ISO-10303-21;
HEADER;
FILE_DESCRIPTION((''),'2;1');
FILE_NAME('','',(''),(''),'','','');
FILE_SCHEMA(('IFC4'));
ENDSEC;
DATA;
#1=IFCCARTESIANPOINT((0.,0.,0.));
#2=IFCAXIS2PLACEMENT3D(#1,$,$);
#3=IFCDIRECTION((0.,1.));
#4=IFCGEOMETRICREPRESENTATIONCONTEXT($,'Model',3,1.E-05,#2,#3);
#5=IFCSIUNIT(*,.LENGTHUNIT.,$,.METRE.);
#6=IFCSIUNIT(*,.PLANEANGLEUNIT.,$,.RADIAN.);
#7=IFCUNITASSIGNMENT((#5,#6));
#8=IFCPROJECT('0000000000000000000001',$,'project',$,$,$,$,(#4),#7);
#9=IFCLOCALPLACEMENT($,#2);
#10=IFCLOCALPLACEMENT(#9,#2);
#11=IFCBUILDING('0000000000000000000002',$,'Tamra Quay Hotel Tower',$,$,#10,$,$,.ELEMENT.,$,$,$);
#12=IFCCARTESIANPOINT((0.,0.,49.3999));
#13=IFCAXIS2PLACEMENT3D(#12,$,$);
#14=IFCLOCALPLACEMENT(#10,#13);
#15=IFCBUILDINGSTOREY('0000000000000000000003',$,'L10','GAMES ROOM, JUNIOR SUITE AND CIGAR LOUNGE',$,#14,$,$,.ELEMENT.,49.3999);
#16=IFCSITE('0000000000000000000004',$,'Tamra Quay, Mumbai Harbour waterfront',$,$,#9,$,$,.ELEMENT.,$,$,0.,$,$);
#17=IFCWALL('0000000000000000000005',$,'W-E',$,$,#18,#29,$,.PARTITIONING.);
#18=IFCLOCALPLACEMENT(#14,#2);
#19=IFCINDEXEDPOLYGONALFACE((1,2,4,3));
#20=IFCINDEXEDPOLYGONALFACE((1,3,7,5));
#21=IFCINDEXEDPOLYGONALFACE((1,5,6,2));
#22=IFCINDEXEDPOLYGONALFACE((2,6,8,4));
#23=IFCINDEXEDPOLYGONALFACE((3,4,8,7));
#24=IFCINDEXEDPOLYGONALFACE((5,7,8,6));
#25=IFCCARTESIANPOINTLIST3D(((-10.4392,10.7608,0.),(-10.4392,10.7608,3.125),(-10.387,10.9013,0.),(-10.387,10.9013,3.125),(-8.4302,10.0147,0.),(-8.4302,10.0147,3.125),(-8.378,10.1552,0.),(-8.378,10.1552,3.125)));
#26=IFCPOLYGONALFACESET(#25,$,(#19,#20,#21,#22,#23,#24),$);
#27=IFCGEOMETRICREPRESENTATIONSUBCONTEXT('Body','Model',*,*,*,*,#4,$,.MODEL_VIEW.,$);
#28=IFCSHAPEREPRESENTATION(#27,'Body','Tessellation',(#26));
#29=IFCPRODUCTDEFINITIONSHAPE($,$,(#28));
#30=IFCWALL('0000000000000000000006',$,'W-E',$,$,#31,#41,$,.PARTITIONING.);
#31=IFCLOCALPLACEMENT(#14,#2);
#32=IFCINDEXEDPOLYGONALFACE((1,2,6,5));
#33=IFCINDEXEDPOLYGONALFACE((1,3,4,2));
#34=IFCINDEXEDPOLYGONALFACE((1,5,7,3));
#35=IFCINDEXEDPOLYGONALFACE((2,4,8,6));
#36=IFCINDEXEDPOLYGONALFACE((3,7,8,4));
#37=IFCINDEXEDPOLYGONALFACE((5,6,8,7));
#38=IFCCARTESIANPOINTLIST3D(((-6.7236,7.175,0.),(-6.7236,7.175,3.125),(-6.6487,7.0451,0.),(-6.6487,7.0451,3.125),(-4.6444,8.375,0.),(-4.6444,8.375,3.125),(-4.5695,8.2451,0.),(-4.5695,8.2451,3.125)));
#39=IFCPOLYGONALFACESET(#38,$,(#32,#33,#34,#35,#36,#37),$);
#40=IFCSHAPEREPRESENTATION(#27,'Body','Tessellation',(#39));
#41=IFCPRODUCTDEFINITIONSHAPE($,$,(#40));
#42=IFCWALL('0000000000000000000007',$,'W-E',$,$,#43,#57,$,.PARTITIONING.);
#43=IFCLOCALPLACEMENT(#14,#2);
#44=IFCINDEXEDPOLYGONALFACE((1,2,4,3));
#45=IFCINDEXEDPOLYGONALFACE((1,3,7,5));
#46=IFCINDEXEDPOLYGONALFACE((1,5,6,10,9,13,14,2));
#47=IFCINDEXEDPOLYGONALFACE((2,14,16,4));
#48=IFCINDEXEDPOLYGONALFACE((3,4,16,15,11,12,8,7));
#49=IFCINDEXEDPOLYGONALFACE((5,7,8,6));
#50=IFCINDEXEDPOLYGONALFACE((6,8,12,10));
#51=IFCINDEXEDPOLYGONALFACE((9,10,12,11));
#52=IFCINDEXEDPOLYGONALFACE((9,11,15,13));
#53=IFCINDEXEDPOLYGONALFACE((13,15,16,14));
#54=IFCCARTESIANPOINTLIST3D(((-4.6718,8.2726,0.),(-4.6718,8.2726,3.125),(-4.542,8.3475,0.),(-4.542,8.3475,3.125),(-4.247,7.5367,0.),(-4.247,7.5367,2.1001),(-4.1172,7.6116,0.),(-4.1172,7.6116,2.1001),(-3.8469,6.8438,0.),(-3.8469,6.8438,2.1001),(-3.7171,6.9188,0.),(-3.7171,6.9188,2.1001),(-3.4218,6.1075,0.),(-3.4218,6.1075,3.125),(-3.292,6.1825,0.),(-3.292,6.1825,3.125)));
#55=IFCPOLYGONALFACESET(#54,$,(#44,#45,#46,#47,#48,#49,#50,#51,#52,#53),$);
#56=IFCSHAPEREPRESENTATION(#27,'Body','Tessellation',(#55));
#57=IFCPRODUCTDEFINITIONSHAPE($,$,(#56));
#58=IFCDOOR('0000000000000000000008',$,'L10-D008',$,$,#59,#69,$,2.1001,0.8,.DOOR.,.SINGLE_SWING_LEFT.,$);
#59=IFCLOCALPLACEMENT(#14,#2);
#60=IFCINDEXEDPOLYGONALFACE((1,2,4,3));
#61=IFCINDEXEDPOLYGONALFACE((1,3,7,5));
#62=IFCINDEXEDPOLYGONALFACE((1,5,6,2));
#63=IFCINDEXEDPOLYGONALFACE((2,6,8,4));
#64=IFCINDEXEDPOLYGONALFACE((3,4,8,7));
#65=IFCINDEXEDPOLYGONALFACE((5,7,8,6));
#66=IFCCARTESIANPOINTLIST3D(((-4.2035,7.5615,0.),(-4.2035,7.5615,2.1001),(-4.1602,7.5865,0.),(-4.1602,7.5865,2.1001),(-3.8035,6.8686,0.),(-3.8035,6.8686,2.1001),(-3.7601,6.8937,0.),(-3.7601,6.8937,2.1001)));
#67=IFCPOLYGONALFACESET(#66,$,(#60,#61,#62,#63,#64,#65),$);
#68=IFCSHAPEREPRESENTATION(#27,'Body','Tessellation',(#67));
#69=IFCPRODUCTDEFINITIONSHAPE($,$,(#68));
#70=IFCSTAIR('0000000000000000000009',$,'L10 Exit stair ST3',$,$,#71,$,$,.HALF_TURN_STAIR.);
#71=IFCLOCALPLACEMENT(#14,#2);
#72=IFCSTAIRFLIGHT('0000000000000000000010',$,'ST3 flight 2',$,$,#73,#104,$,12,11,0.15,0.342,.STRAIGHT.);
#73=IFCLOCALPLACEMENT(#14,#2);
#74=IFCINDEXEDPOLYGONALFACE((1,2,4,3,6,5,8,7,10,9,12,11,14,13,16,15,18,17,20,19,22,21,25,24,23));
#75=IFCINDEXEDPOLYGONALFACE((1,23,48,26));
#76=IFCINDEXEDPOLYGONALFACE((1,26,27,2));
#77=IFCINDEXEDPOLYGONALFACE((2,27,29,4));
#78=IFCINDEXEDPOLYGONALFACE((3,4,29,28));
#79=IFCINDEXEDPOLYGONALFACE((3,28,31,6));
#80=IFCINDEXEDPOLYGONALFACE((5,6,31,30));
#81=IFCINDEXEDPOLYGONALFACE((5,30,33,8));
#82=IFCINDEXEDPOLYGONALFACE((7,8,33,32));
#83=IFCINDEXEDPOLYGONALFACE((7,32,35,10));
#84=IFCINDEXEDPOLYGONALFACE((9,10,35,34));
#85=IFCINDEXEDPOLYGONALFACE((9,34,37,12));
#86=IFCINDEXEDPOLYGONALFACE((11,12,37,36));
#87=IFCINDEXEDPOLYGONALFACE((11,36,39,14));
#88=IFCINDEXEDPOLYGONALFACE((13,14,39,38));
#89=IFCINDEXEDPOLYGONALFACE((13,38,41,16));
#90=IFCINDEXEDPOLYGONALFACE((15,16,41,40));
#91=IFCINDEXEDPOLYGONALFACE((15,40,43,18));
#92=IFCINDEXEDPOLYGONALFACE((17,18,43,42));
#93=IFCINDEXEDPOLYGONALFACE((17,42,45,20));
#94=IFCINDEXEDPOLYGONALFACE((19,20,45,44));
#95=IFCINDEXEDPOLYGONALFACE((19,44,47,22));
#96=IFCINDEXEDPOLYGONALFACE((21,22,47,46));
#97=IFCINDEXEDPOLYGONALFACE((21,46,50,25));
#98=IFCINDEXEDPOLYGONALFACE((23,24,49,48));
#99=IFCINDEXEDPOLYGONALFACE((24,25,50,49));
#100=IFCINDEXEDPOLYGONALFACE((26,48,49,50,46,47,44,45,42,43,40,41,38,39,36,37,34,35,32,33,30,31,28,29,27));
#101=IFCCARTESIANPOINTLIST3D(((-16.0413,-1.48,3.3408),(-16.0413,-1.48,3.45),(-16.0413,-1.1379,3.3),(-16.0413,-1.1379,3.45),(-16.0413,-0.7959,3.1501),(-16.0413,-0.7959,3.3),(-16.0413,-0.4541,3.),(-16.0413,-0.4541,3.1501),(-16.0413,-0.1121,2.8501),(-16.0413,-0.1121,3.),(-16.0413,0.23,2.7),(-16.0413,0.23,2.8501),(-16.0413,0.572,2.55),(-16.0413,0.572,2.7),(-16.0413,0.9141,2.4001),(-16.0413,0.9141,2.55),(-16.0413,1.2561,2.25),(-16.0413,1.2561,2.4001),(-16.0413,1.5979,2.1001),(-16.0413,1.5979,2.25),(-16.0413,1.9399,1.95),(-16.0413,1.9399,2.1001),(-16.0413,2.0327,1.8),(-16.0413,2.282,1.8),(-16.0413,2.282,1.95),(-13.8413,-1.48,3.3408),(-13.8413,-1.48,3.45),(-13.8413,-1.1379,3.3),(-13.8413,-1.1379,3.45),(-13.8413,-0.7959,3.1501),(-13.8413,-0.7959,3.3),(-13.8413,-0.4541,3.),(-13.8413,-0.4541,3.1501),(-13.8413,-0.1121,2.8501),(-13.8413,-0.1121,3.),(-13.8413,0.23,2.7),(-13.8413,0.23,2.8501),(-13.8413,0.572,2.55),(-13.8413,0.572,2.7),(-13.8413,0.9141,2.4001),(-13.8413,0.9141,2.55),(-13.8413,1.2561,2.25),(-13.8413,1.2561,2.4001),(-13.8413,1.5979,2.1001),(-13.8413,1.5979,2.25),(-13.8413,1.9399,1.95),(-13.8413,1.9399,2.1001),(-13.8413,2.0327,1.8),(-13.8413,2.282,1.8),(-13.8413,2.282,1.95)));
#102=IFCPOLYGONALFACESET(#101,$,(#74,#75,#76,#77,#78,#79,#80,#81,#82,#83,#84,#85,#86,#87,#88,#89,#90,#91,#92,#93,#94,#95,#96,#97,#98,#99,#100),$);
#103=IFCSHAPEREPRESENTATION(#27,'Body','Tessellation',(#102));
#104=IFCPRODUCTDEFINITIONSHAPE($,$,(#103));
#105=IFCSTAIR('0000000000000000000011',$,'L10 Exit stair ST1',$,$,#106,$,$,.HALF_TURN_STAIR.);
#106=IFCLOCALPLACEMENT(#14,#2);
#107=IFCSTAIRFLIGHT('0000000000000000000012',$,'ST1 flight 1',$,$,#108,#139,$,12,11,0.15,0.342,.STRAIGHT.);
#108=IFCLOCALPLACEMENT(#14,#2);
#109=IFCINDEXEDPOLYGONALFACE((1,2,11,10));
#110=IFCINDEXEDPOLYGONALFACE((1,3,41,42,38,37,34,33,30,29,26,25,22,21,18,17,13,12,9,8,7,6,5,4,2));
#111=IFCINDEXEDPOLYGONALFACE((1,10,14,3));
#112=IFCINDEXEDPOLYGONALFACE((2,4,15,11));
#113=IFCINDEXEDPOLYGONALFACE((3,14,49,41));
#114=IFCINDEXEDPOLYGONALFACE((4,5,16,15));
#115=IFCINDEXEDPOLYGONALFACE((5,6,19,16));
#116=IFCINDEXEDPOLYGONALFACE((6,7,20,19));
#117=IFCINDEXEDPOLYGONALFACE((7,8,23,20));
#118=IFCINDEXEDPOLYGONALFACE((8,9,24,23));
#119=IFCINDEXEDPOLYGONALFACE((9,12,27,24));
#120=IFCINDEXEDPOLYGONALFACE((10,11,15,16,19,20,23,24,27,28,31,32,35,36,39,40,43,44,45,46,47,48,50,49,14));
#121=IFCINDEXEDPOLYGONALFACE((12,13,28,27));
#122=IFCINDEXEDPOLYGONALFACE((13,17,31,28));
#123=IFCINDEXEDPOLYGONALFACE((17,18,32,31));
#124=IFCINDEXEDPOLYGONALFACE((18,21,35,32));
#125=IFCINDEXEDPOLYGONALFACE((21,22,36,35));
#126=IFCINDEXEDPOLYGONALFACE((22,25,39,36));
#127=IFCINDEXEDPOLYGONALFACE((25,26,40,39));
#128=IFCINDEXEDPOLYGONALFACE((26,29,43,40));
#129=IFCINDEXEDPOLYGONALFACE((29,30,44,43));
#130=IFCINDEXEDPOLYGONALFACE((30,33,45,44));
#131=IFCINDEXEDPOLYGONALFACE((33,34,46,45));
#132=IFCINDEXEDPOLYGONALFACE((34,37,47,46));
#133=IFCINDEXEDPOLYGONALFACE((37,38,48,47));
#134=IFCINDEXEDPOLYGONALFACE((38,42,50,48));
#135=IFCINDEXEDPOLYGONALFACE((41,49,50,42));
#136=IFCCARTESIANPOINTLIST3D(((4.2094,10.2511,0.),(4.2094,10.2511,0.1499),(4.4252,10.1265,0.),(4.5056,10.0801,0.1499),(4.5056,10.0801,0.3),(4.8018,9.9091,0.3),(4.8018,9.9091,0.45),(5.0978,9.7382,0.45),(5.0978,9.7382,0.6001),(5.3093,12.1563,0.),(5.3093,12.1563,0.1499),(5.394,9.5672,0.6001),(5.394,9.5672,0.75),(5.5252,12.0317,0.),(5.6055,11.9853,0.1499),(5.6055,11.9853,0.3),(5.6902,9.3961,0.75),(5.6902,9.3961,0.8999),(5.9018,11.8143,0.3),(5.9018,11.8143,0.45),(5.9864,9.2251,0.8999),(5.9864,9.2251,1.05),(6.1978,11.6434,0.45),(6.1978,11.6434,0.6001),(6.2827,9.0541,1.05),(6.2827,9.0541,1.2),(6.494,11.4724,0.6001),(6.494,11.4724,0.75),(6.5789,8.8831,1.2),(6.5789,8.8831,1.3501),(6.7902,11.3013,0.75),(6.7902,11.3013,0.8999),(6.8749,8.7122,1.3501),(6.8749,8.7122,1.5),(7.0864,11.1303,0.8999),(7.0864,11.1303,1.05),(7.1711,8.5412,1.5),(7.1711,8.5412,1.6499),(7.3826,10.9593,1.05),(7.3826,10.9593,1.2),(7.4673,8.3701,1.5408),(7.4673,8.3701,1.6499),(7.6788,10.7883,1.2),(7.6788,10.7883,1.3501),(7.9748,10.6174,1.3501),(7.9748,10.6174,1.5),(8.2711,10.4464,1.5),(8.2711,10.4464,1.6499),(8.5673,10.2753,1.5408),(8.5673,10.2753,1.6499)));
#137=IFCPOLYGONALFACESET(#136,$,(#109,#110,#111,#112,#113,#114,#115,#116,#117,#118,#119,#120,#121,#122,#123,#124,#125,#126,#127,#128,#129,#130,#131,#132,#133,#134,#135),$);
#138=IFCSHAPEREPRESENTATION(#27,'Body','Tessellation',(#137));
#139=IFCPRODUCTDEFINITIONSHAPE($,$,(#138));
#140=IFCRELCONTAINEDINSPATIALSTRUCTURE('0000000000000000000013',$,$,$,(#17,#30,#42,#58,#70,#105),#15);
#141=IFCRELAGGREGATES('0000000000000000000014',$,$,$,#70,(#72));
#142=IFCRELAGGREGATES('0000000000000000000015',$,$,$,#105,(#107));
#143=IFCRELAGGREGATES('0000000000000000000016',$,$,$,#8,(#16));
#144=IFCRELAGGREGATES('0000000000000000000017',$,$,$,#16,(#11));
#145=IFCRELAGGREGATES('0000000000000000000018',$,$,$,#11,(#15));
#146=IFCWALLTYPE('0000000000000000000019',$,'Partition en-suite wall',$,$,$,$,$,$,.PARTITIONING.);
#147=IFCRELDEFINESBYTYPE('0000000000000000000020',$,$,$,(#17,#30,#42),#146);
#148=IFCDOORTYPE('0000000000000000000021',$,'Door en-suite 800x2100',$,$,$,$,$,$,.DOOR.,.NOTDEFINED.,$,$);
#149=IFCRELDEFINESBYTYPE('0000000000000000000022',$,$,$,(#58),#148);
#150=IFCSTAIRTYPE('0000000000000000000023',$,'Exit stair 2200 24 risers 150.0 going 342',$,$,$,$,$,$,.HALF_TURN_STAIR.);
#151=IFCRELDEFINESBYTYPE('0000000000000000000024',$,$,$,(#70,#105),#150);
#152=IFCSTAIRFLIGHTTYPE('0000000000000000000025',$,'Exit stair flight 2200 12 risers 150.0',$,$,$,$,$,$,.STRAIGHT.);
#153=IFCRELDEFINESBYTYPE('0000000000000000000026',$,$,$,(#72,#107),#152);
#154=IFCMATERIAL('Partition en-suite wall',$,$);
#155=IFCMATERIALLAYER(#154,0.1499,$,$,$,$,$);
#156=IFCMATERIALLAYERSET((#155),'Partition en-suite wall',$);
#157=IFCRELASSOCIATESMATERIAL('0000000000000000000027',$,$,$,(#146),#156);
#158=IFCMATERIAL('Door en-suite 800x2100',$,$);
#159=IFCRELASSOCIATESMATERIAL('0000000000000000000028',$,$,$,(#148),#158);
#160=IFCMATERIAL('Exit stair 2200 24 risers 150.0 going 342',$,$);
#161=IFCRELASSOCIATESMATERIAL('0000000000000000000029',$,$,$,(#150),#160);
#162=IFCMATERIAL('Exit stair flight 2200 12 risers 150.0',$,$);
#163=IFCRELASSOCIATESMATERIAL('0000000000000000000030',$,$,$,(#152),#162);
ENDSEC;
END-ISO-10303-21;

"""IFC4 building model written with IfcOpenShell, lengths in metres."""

from ifc_helpers import new_model, si_unit, direction, frame, frame_2d, origin, place, context, subcontext, project, spatial, polyline, rectangle, outline, extrude, material, layer, layer_set, type_object, element, fill, aggregate, save


model = new_model("IFC4")

# Units and contexts
model_context = context("Model", 3, precision=1e-05, world=origin(), true_north=direction((0.0, 1.0)))
body_context = subcontext(model_context, "Body", "Model", "MODEL_VIEW")
ifc_project = project(units=[si_unit("LENGTHUNIT", "METRE"), si_unit("PLANEANGLEUNIT", "RADIAN")], contexts=[model_context])

# Site, building, storey
site_placement = place(None, origin())
site = spatial("IfcSite", under=ifc_project, at=site_placement, Name="Tamra Quay, Mumbai Harbour waterfront", CompositionType="ELEMENT", RefElevation=0.0)
building_placement = place(site_placement, origin())
building = spatial("IfcBuilding", under=site, at=building_placement, Name="Tamra Quay Hotel Tower", CompositionType="ELEMENT")
storey_placement = place(building_placement, frame((0.0, 0.0, 49.3999)))
storey = spatial("IfcBuildingStorey", under=building, at=storey_placement, Name="L10", Description="GAMES ROOM, JUNIOR SUITE AND CIGAR LOUNGE", CompositionType="ELEMENT", Elevation=49.3999)

# Shared definitions
ifc_material_1 = material(Name="Partition en-suite wall")
ifc_layer_1 = layer(ifc_material_1, 0.1499)
ifc_layer_set_1 = layer_set([ifc_layer_1], Name="Partition en-suite wall")
wall_type_1 = type_object("IfcWallType", Name="Partition en-suite wall", PredefinedType="PARTITIONING", material=ifc_layer_set_1)
ifc_material_2 = material(Name="Door en-suite 800x2100")
door_type_1 = type_object("IfcDoorType", Name="Door en-suite 800x2100", OperationType="NOTDEFINED", PredefinedType="DOOR", material=ifc_material_2)

# Walls
wall_1_placement = place(storey_placement, frame((-10.4131, 10.8311, 0.0), z_axis=(0.0, 0.0, 1.0), x_axis=(0.937443, -0.348138, 0.0)))
element("IfcWall", 1, at=wall_1_placement, inside=storey, type_object=wall_type_1, Name="W-E", PredefinedType="PARTITIONING", context=body_context, shape_type="SweptSolid", body=[
    extrude(rectangle(XDim=2.1431, YDim=0.1499, at=frame_2d((1.0715, 0.0))), origin(), (0.0, 0.0, 1.0), 3.125),
])
wall_2_placement = place(storey_placement, frame((-6.686, 7.1101, 0.0), z_axis=(0.0, 0.0, 1.0), x_axis=(0.866101, 0.499869, 0.0)))
element("IfcWall", 2, at=wall_2_placement, inside=storey, type_object=wall_type_1, Name="W-E", PredefinedType="PARTITIONING", context=body_context, shape_type="SweptSolid", body=[
    extrude(rectangle(XDim=2.4006, YDim=0.1499, at=frame_2d((1.2002, 0.0))), origin(), (0.0, 0.0, 1.0), 3.125),
])

# Wall, opening, door
wall_3_placement = place(storey_placement, frame((-4.6069, 8.3101, 0.0), z_axis=(0.0, 0.0, 1.0), x_axis=(0.500004, -0.866023, 0.0)))
wall_3 = element("IfcWall", 3, at=wall_3_placement, inside=storey, type_object=wall_type_1, Name="W-E", PredefinedType="PARTITIONING", context=body_context, shape_type="SweptSolid", body=[
    extrude(rectangle(XDim=2.5, YDim=0.1499, at=frame_2d((1.25, 0.0))), origin(), (0.0, 0.0, 1.0), 3.125),
])
opening_1_placement = place(wall_3_placement, frame((0.8499, 0.0, 0.0)))
opening_1 = element("IfcOpeningElement", 4, at=opening_1_placement, cuts=wall_3, PredefinedType="OPENING", context=body_context, shape_type="SweptSolid", body=[
    extrude(rectangle(XDim=0.8, YDim=2.1001, at=frame_2d((0.3999, 1.05))), frame((0.0, 0.085, 0.0), z_axis=(0.0, -1.0, 0.0), x_axis=(1.0, 0.0, 0.0)), (0.0, 0.0, 1.0), 0.1699),
])
door_1_placement = place(opening_1_placement, frame((0.8, 0.0, 0.0), z_axis=(0.0, 0.0, 1.0), x_axis=(-1.0, 0.0, 0.0)))
door_1 = element("IfcDoor", 5, at=door_1_placement, inside=storey, type_object=door_type_1, Name="L10-D008", OperationType="SINGLE_SWING_LEFT", OverallHeight=2.1001, OverallWidth=0.8, PredefinedType="DOOR", context=body_context, shape_type="SweptSolid", body=[
    extrude(rectangle(XDim=0.8, YDim=2.1001, at=frame_2d((0.3999, 1.05))), frame((0.0, 0.0249, 0.0), z_axis=(0.0, -1.0, 0.0), x_axis=(1.0, 0.0, 0.0)), (0.0, 0.0, 1.0), 0.05),
])
fill(opening_1, door_1)

# Stairs, stair flights
ifc_material_3 = material(Name="Exit stair 2200 24 risers 150.0 going 342")
stair_type = type_object("IfcStairType", Name="Exit stair 2200 24 risers 150.0 going 342", PredefinedType="HALF_TURN_STAIR", material=ifc_material_3)
stair_1_placement = place(storey_placement, origin())
stair_1 = element("IfcStair", 6, at=stair_1_placement, inside=storey, type_object=stair_type, Name="L10 Exit stair ST3", PredefinedType="HALF_TURN_STAIR")
ifc_material_4 = material(Name="Exit stair flight 2200 12 risers 150.0")
stair_flight_type = type_object("IfcStairFlightType", Name="Exit stair flight 2200 12 risers 150.0", PredefinedType="STRAIGHT", material=ifc_material_4)
stair_flight_1_placement = place(storey_placement, frame((-14.9414, 2.282, 1.8), z_axis=(0.0, 0.0, 1.0), x_axis=(0.0, -1.0, 0.0)))
stair_flight_1 = element("IfcStairFlight", 7, at=stair_flight_1_placement, type_object=stair_flight_type, Name="ST3 flight 2", NumberOfRisers=12, NumberOfTreads=11, PredefinedType="STRAIGHT", RiserHeight=0.15, TreadLength=0.342, context=body_context, shape_type="SweptSolid", body=[
    extrude(outline(polyline([(0.0, 0.0), (0.0, 0.1499), (0.342, 0.1499), (0.342, 0.3), (0.6841, 0.3), (0.6841, 0.45), (1.0259, 0.45), (1.0259, 0.6001), (1.3679, 0.6001), (1.3679, 0.75), (1.71, 0.75), (1.71, 0.8999), (2.052, 0.8999), (2.052, 1.05), (2.394, 1.05), (2.394, 1.2), (2.7361, 1.2), (2.7361, 1.3501), (3.0779, 1.3501), (3.0779, 1.5), (3.4199, 1.5), (3.4199, 1.6499), (3.762, 1.6499), (3.762, 1.8), (3.762, 1.5408), (0.2493, 0.0), (0.0, 0.0)])), frame((0.0, 1.1001, 0.0), z_axis=(0.0, -1.0, 0.0), x_axis=(1.0, 0.0, 0.0)), (0.0, 0.0, 1.0), 2.2),
])
aggregate(stair_1, [stair_flight_1])
stair_2_placement = place(storey_placement, origin())
stair_2 = element("IfcStair", 8, at=stair_2_placement, inside=storey, type_object=stair_type, Name="L10 Exit stair ST1", PredefinedType="HALF_TURN_STAIR")
stair_flight_2_placement = place(storey_placement, frame((4.7593, 11.2036, 0.0), z_axis=(0.0, 0.0, 1.0), x_axis=(0.866025, -0.5, 0.0)))
stair_flight_2 = element("IfcStairFlight", 9, at=stair_flight_2_placement, type_object=stair_flight_type, Name="ST1 flight 1", NumberOfRisers=12, NumberOfTreads=11, PredefinedType="STRAIGHT", RiserHeight=0.15, TreadLength=0.342, context=body_context, shape_type="SweptSolid", body=[
    extrude(outline(polyline([(0.0, 0.0), (0.0, 0.1499), (0.342, 0.1499), (0.342, 0.3), (0.6841, 0.3), (0.6841, 0.45), (1.0259, 0.45), (1.0259, 0.6001), (1.3679, 0.6001), (1.3679, 0.75), (1.71, 0.75), (1.71, 0.8999), (2.052, 0.8999), (2.052, 1.05), (2.394, 1.05), (2.394, 1.2), (2.7361, 1.2), (2.7361, 1.3501), (3.0779, 1.3501), (3.0779, 1.5), (3.4199, 1.5), (3.4199, 1.6499), (3.762, 1.6499), (3.762, 1.8), (3.762, 1.5408), (0.2493, 0.0), (0.0, 0.0)])), frame((0.0, 1.1001, 0.0), z_axis=(0.0, -1.0, 0.0), x_axis=(1.0, 0.0, 0.0)), (0.0, 0.0, 1.0), 2.2),
])
aggregate(stair_2, [stair_flight_2])

save(model, "model.ifc")
